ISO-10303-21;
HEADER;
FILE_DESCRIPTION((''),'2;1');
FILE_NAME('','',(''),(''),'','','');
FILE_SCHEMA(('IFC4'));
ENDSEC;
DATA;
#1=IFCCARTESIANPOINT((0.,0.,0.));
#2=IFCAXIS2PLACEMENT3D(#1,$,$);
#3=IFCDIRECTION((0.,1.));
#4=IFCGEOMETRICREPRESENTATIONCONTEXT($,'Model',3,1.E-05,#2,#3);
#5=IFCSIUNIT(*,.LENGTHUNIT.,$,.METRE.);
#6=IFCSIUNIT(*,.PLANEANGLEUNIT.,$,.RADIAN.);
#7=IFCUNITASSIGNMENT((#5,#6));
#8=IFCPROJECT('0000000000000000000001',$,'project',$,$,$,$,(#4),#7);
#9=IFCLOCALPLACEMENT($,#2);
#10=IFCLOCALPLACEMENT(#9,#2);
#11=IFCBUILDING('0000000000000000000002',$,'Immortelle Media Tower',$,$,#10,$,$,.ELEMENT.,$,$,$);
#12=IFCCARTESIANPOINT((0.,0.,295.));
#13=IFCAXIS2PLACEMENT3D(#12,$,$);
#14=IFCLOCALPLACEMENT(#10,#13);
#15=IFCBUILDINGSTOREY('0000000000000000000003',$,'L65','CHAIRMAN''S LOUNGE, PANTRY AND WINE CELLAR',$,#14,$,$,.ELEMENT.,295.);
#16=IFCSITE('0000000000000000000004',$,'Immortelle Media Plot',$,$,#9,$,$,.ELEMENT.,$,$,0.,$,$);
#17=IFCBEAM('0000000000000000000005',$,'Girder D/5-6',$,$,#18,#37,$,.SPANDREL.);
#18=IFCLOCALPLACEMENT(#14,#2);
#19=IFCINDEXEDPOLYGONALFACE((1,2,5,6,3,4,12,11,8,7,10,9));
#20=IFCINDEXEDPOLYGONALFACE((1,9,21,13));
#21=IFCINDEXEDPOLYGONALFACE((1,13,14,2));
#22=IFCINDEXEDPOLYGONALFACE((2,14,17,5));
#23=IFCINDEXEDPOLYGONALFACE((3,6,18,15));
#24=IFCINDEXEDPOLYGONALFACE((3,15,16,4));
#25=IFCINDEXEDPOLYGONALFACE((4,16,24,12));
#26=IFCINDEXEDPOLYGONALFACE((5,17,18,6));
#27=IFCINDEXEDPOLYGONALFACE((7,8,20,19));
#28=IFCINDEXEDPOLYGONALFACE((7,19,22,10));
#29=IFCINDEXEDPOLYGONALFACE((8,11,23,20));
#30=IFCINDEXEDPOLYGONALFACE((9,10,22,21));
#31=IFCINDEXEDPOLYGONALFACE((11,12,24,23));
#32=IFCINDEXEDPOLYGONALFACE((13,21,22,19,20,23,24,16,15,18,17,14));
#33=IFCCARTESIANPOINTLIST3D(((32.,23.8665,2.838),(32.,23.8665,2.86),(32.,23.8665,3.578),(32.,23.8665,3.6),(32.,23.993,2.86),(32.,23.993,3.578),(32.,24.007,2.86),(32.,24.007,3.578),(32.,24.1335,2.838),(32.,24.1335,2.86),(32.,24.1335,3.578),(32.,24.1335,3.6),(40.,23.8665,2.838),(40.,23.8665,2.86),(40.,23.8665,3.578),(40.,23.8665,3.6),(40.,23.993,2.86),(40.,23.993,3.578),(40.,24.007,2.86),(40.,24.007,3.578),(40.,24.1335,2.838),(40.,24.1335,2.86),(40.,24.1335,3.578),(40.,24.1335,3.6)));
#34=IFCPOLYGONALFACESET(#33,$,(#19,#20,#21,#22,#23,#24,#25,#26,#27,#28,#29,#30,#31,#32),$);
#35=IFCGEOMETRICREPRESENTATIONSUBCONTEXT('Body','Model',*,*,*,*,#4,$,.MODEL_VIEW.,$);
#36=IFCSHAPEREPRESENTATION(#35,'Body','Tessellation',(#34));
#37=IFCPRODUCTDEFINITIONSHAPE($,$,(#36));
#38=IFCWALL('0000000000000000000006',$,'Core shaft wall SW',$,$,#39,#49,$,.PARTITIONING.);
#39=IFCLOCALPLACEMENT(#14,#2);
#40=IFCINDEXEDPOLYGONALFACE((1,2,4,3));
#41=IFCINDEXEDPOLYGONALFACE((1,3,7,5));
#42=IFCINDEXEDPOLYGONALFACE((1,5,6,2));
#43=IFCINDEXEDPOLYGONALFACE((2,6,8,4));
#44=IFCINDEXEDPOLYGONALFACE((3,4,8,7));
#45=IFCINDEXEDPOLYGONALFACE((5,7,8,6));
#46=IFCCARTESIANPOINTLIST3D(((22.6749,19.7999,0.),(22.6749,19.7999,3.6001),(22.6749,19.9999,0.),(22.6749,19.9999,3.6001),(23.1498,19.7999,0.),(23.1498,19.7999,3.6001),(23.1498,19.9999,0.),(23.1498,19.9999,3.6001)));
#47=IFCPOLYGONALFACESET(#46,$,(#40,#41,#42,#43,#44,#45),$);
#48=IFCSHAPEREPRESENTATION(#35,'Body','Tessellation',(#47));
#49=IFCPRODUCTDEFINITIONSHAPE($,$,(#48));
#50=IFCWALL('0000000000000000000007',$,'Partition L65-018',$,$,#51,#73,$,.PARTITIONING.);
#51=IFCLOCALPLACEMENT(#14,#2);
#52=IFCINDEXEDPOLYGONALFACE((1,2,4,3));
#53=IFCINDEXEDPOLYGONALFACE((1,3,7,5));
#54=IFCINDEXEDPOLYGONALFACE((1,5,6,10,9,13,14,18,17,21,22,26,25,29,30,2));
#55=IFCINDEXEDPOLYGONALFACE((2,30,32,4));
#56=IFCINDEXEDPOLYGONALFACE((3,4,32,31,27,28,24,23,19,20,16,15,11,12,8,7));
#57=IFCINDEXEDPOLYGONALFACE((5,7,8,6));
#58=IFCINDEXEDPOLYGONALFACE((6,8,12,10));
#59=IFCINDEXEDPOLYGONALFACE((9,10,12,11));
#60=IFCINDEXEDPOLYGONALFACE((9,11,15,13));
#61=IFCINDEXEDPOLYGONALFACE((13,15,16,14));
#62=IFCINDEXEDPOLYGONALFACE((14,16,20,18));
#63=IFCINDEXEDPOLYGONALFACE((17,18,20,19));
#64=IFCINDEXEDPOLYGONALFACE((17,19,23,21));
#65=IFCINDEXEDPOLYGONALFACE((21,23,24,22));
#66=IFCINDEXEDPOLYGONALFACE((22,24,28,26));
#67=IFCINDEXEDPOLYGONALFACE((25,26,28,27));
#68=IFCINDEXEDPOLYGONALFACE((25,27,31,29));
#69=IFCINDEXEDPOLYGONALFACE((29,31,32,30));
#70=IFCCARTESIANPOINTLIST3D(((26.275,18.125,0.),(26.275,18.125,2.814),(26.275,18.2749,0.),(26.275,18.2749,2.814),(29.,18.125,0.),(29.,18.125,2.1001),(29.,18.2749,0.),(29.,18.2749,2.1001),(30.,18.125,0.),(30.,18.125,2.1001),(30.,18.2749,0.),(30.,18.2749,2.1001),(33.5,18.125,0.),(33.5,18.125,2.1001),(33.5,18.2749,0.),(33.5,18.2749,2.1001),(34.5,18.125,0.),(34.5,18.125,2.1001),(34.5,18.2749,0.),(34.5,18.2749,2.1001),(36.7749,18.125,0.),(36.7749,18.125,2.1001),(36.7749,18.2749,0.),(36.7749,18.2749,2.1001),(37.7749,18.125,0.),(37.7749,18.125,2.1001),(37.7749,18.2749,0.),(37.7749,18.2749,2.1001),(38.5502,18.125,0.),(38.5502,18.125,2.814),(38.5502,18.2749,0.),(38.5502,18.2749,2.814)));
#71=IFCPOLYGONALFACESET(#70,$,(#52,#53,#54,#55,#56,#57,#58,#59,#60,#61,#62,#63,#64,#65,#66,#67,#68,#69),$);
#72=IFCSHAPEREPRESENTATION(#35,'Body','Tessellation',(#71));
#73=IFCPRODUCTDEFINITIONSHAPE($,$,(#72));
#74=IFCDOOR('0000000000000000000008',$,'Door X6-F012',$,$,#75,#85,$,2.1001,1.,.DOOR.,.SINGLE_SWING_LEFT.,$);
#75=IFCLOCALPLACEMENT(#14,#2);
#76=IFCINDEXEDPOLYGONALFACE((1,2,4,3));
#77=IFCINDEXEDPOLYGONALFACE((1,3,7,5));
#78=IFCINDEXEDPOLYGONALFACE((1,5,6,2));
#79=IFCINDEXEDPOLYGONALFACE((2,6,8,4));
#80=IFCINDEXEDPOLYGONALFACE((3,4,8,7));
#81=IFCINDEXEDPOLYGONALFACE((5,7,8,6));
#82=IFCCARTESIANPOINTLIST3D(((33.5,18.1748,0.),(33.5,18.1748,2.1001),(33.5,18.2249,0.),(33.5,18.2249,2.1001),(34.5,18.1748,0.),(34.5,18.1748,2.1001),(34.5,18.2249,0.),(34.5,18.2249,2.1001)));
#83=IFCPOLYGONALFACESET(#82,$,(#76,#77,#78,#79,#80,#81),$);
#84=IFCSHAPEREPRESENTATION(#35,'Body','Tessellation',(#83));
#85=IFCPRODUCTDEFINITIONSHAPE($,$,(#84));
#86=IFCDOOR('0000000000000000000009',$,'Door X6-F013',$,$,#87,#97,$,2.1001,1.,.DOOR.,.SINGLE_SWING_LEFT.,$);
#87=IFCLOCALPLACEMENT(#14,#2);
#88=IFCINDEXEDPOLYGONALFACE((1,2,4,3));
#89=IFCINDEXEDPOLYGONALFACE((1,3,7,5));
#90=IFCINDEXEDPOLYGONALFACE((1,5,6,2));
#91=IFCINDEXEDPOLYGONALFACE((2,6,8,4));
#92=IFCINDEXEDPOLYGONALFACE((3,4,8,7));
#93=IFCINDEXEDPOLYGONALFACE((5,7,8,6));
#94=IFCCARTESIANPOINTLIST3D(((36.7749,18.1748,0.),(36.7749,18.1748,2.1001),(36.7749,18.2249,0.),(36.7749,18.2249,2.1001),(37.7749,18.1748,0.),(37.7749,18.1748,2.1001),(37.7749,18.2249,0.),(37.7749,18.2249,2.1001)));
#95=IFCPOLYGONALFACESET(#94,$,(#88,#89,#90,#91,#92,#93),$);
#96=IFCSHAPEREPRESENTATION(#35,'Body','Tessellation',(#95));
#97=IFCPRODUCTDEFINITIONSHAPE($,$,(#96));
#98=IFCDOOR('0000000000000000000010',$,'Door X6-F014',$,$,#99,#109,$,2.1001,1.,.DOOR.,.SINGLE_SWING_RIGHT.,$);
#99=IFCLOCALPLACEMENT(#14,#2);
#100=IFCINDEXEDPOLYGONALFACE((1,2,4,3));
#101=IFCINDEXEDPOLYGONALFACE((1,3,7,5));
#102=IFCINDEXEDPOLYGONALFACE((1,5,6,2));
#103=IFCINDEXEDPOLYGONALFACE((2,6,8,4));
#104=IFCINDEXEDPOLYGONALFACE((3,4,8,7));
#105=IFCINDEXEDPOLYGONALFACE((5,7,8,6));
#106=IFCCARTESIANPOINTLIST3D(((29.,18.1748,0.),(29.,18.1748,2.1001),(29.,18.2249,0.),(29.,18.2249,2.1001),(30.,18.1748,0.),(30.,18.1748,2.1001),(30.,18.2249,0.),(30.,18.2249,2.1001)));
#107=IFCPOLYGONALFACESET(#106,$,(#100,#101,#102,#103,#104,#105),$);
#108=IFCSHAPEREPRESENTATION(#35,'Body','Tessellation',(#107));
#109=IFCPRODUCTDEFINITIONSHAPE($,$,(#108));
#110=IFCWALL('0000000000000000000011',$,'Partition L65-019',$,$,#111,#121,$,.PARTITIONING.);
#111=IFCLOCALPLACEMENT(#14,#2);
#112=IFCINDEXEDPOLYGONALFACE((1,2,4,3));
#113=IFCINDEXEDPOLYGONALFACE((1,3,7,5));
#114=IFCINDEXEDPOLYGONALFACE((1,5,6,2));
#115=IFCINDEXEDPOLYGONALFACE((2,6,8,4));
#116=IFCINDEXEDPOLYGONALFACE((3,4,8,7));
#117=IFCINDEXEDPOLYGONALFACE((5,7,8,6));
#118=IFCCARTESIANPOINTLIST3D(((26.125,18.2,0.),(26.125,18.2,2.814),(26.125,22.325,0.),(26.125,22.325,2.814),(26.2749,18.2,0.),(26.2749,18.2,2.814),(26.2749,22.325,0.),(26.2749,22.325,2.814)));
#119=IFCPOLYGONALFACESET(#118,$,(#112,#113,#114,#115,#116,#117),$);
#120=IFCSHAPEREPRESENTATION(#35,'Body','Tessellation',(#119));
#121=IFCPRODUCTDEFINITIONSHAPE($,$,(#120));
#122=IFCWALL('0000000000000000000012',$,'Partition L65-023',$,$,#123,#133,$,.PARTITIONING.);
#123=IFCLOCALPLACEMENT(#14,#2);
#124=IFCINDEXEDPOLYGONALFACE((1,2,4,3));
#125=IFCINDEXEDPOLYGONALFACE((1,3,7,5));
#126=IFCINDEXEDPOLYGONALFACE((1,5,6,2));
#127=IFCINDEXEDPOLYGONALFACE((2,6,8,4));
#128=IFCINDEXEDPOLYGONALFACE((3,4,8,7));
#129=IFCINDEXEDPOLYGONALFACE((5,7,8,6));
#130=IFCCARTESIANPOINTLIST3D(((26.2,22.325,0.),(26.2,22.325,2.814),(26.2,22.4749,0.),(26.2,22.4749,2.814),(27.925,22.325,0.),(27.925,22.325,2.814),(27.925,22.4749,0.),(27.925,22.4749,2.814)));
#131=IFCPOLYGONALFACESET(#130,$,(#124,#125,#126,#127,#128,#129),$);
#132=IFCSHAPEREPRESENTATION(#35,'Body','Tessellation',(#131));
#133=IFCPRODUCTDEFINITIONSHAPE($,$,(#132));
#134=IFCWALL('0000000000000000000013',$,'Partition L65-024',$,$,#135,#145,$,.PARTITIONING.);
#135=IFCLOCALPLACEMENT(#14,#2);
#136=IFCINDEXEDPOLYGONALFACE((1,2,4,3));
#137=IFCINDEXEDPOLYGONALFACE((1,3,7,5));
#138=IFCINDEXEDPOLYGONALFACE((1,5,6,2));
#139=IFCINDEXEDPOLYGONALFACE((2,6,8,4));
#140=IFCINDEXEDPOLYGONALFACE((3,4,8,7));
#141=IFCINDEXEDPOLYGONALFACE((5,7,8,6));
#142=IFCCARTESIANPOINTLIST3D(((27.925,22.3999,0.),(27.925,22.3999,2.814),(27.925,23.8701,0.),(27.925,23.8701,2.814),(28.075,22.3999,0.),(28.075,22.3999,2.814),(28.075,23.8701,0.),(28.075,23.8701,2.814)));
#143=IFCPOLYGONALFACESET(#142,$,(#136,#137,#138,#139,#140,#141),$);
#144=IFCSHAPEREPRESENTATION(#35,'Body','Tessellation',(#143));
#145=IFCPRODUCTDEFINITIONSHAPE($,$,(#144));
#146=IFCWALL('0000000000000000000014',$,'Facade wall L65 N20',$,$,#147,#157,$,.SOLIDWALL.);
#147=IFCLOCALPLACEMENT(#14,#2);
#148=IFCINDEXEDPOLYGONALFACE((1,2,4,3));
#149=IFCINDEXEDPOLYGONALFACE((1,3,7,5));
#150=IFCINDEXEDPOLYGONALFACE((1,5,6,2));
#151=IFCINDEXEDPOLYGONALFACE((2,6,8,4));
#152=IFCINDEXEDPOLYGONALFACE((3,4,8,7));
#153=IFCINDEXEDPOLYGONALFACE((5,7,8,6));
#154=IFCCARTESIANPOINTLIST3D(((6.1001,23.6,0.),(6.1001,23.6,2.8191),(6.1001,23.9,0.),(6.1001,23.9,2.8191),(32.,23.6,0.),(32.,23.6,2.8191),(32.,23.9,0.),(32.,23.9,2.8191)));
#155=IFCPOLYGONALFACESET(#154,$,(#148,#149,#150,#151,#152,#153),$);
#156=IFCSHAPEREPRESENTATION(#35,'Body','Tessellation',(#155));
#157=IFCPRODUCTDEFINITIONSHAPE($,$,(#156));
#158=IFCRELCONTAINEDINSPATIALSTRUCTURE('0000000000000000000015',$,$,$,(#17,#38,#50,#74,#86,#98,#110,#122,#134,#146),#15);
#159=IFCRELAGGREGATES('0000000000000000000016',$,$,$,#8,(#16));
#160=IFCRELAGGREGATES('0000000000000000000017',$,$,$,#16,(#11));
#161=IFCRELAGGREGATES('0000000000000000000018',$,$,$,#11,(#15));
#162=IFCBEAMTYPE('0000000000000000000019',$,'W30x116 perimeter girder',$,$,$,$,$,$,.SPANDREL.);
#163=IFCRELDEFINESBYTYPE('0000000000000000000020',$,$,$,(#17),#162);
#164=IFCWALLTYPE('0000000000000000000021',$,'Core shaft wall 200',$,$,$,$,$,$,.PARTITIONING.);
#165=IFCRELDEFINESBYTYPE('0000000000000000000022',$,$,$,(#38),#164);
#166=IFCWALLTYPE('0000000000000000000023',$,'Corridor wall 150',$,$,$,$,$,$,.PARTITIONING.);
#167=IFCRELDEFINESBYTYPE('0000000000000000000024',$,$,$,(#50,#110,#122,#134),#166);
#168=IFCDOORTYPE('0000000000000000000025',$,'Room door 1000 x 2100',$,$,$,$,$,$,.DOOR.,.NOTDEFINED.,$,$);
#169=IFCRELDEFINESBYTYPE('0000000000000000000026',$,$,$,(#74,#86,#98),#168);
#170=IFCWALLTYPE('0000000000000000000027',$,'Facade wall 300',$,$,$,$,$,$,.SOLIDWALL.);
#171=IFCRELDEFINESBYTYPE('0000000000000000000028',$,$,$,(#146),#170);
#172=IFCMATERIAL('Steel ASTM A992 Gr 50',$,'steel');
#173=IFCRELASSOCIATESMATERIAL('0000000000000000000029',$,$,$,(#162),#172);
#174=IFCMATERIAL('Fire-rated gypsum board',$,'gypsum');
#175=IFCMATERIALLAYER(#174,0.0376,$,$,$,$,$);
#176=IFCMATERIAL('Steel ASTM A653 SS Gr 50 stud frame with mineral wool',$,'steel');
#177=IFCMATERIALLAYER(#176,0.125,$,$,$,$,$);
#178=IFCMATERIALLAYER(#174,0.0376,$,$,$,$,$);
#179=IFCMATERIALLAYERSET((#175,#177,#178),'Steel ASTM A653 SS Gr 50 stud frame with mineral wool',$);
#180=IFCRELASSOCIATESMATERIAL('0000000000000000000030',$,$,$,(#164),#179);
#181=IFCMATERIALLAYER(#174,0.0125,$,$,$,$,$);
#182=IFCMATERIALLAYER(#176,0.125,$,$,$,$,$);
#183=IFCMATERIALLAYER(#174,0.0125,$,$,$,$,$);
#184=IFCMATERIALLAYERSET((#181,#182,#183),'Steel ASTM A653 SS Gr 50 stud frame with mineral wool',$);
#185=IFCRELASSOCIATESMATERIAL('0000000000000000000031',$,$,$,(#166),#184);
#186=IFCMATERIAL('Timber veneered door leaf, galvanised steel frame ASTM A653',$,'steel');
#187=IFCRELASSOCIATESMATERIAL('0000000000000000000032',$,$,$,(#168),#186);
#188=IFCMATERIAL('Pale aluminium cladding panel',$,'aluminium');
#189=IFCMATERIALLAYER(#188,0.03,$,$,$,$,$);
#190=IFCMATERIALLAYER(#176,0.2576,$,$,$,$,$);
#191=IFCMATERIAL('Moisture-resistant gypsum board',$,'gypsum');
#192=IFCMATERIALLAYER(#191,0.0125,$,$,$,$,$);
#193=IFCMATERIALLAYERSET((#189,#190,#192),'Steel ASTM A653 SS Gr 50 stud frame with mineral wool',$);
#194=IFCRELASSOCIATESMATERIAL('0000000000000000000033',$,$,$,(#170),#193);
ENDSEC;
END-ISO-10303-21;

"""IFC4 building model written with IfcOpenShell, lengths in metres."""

from ifc_helpers import new_model, si_unit, direction, frame, frame_2d, origin, origin_2d, place, context, subcontext, project, spatial, rectangle, i_section, extrude, material, layer, layer_set, material_profile, profile_set, type_object, element, fill, save


model = new_model("IFC4")

# Units and contexts
model_context = context("Model", 3, precision=1e-05, world=origin(), true_north=direction((0.0, 1.0)))
body_context = subcontext(model_context, "Body", "Model", "MODEL_VIEW")
ifc_project = project(units=[si_unit("LENGTHUNIT", "METRE"), si_unit("PLANEANGLEUNIT", "RADIAN")], contexts=[model_context])

# Site, building, storey
site_placement = place(None, origin())
site = spatial("IfcSite", under=ifc_project, at=site_placement, Name="Immortelle Media Plot", CompositionType="ELEMENT", RefElevation=0.0)
building_placement = place(site_placement, origin())
building = spatial("IfcBuilding", under=site, at=building_placement, Name="Immortelle Media Tower", CompositionType="ELEMENT")
storey_placement = place(building_placement, frame((0.0, 0.0, 295.0)))
storey = spatial("IfcBuildingStorey", under=building, at=storey_placement, Name="L65", Description="CHAIRMAN'S LOUNGE, PANTRY AND WINE CELLAR", CompositionType="ELEMENT", Elevation=295.0)

# Shared definitions
ifc_material_1 = material(Name="Steel ASTM A992 Gr 50", Category="steel")

# Beam
ifc_material_profile_1 = material_profile(ifc_material_1, i_section(OverallWidth=0.2671, OverallDepth=0.762, WebThickness=0.0139, FlangeThickness=0.022, at=origin_2d()), Name="W30x116")
ifc_profile_set_1 = profile_set([ifc_material_profile_1], Name="Steel ASTM A992 Gr 50")
beam_type_1 = type_object("IfcBeamType", Name="W30x116 perimeter girder", PredefinedType="SPANDREL", material=ifc_profile_set_1)
for number, where, z_axis, x_axis, name in (
    (1, (32.0, 24.0, 3.219), (1.0, 0.0, 0.0), (0.0, 1.0, 0.0), "Girder D/5-6"),
):
    element("IfcBeam", number, at=place(storey_placement, frame(where, z_axis=z_axis, x_axis=x_axis)), inside=storey, type_object=beam_type_1, Name=name, PredefinedType="SPANDREL", context=body_context, shape_type="SweptSolid", body=[
        extrude(i_section(OverallWidth=0.2671, OverallDepth=0.762, WebThickness=0.0139, FlangeThickness=0.022, at=origin_2d()), origin(), (0.0, 0.0, 1.0), 8.0),
    ])

# Wall
ifc_material_2 = material(Name="Fire-rated gypsum board", Category="gypsum")
ifc_layer_1 = layer(ifc_material_2, 0.0376)
ifc_material_3 = material(Name="Steel ASTM A653 SS Gr 50 stud frame with mineral wool", Category="steel")
ifc_layer_2 = layer(ifc_material_3, 0.125)
ifc_layer_3 = layer(ifc_material_2, 0.0376)
ifc_layer_set_1 = layer_set([ifc_layer_1, ifc_layer_2, ifc_layer_3], Name="Steel ASTM A653 SS Gr 50 stud frame with mineral wool")
wall_type_1 = type_object("IfcWallType", Name="Core shaft wall 200", PredefinedType="PARTITIONING", material=ifc_layer_set_1)
wall_1_placement = place(storey_placement, frame((22.675, 19.8999, 0.0), z_axis=(0.0, 0.0, 1.0), x_axis=(1.0, 0.0, 0.0)))
element("IfcWall", 2, at=wall_1_placement, inside=storey, type_object=wall_type_1, Name="Core shaft wall SW", PredefinedType="PARTITIONING", context=body_context, shape_type="SweptSolid", body=[
    extrude(rectangle(XDim=0.4749, YDim=0.2, at=frame_2d((0.2373, 0.0))), origin(), (0.0, 0.0, 1.0), 3.6001),
])

# Wall, openings, doors
ifc_layer_4 = layer(ifc_material_2, 0.0125)
ifc_layer_5 = layer(ifc_material_3, 0.125)
ifc_layer_6 = layer(ifc_material_2, 0.0125)
ifc_layer_set_2 = layer_set([ifc_layer_4, ifc_layer_5, ifc_layer_6], Name="Steel ASTM A653 SS Gr 50 stud frame with mineral wool")
wall_type_2 = type_object("IfcWallType", Name="Corridor wall 150", PredefinedType="PARTITIONING", material=ifc_layer_set_2)
wall_2_placement = place(storey_placement, frame((26.2749, 18.2, 0.0), z_axis=(0.0, 0.0, 1.0), x_axis=(1.0, 0.0, 0.0)))
wall_2 = element("IfcWall", 3, at=wall_2_placement, inside=storey, type_object=wall_type_2, Name="Partition L65-018", PredefinedType="PARTITIONING", context=body_context, shape_type="SweptSolid", body=[
    extrude(rectangle(XDim=12.2751, YDim=0.1499, at=frame_2d((6.1377, 0.0))), origin(), (0.0, 0.0, 1.0), 2.814),
])
opening_1_placement = place(wall_2_placement, frame((7.2251, 0.0, 0.0)))
opening_1 = element("IfcOpeningElement", 4, at=opening_1_placement, cuts=wall_2, PredefinedType="OPENING", context=body_context, shape_type="SweptSolid", body=[
    extrude(rectangle(XDim=1.0, YDim=2.1001, at=frame_2d((0.5, 1.05))), frame((0.0, 0.085, 0.0), z_axis=(0.0, -1.0, 0.0), x_axis=(1.0, 0.0, 0.0)), (0.0, 0.0, 1.0), 0.1699),
])
opening_2_placement = place(wall_2_placement, frame((10.5, 0.0, 0.0)))
opening_2 = element("IfcOpeningElement", 5, at=opening_2_placement, cuts=wall_2, PredefinedType="OPENING", context=body_context, shape_type="SweptSolid", body=[
    extrude(rectangle(XDim=1.0, YDim=2.1001, at=frame_2d((0.5, 1.05))), frame((0.0, 0.085, 0.0), z_axis=(0.0, -1.0, 0.0), x_axis=(1.0, 0.0, 0.0)), (0.0, 0.0, 1.0), 0.1699),
])
opening_3_placement = place(wall_2_placement, frame((2.7251, 0.0, 0.0)))
opening_3 = element("IfcOpeningElement", 6, at=opening_3_placement, cuts=wall_2, PredefinedType="OPENING", context=body_context, shape_type="SweptSolid", body=[
    extrude(rectangle(XDim=1.0, YDim=2.1001, at=frame_2d((0.5, 1.05))), frame((0.0, 0.085, 0.0), z_axis=(0.0, -1.0, 0.0), x_axis=(1.0, 0.0, 0.0)), (0.0, 0.0, 1.0), 0.1699),
])
ifc_material_4 = material(Name="Timber veneered door leaf, galvanised steel frame ASTM A653", Category="steel")
door_type = type_object("IfcDoorType", Name="Room door 1000 x 2100", OperationType="NOTDEFINED", PredefinedType="DOOR", material=ifc_material_4)
door_1_placement = place(opening_1_placement, origin())
door_1 = element("IfcDoor", 7, at=door_1_placement, inside=storey, type_object=door_type, Name="Door X6-F012", OperationType="SINGLE_SWING_LEFT", OverallHeight=2.1001, OverallWidth=1.0, PredefinedType="DOOR", context=body_context, shape_type="SweptSolid", body=[
    extrude(rectangle(XDim=1.0, YDim=2.1001, at=frame_2d((0.5, 1.05))), frame((0.0, 0.0249, 0.0), z_axis=(0.0, -1.0, 0.0), x_axis=(1.0, 0.0, 0.0)), (0.0, 0.0, 1.0), 0.05),
])
fill(opening_1, door_1)
door_2_placement = place(opening_2_placement, origin())
door_2 = element("IfcDoor", 8, at=door_2_placement, inside=storey, type_object=door_type, Name="Door X6-F013", OperationType="SINGLE_SWING_LEFT", OverallHeight=2.1001, OverallWidth=1.0, PredefinedType="DOOR", context=body_context, shape_type="SweptSolid", body=[
    extrude(rectangle(XDim=1.0, YDim=2.1001, at=frame_2d((0.5, 1.05))), frame((0.0, 0.0249, 0.0), z_axis=(0.0, -1.0, 0.0), x_axis=(1.0, 0.0, 0.0)), (0.0, 0.0, 1.0), 0.05),
])
fill(opening_2, door_2)
door_3_placement = place(opening_3_placement, origin())
door_3 = element("IfcDoor", 9, at=door_3_placement, inside=storey, type_object=door_type, Name="Door X6-F014", OperationType="SINGLE_SWING_RIGHT", OverallHeight=2.1001, OverallWidth=1.0, PredefinedType="DOOR", context=body_context, shape_type="SweptSolid", body=[
    extrude(rectangle(XDim=1.0, YDim=2.1001, at=frame_2d((0.5, 1.05))), frame((0.0, 0.0249, 0.0), z_axis=(0.0, -1.0, 0.0), x_axis=(1.0, 0.0, 0.0)), (0.0, 0.0, 1.0), 0.05),
])
fill(opening_3, door_3)

# Walls
wall_3_placement = place(storey_placement, frame((26.2, 18.2, 0.0), z_axis=(0.0, 0.0, 1.0), x_axis=(0.0, 1.0, 0.0)))
element("IfcWall", 10, at=wall_3_placement, inside=storey, type_object=wall_type_2, Name="Partition L65-019", PredefinedType="PARTITIONING", context=body_context, shape_type="SweptSolid", body=[
    extrude(rectangle(XDim=4.125, YDim=0.1499, at=frame_2d((2.0625, 0.0))), origin(), (0.0, 0.0, 1.0), 2.814),
])
wall_4_placement = place(storey_placement, frame((26.2, 22.3999, 0.0), z_axis=(0.0, 0.0, 1.0), x_axis=(1.0, 0.0, 0.0)))
element("IfcWall", 11, at=wall_4_placement, inside=storey, type_object=wall_type_2, Name="Partition L65-023", PredefinedType="PARTITIONING", context=body_context, shape_type="SweptSolid", body=[
    extrude(rectangle(XDim=1.7251, YDim=0.1499, at=frame_2d((0.8625, 0.0))), origin(), (0.0, 0.0, 1.0), 2.814),
])
wall_5_placement = place(storey_placement, frame((28.0, 22.3999, 0.0), z_axis=(0.0, 0.0, 1.0), x_axis=(0.0, 1.0, 0.0)))
element("IfcWall", 12, at=wall_5_placement, inside=storey, type_object=wall_type_2, Name="Partition L65-024", PredefinedType="PARTITIONING", context=body_context, shape_type="SweptSolid", body=[
    extrude(rectangle(XDim=1.4702, YDim=0.1499, at=frame_2d((0.7351, 0.0))), origin(), (0.0, 0.0, 1.0), 2.814),
])
ifc_material_5 = material(Name="Pale aluminium cladding panel", Category="aluminium")
ifc_layer_7 = layer(ifc_material_5, 0.03)
ifc_layer_8 = layer(ifc_material_3, 0.2576)
ifc_material_6 = material(Name="Moisture-resistant gypsum board", Category="gypsum")
ifc_layer_9 = layer(ifc_material_6, 0.0125)
ifc_layer_set_3 = layer_set([ifc_layer_7, ifc_layer_8, ifc_layer_9], Name="Steel ASTM A653 SS Gr 50 stud frame with mineral wool")
wall_type_3 = type_object("IfcWallType", Name="Facade wall 300", PredefinedType="SOLIDWALL", material=ifc_layer_set_3)
wall_6_placement = place(storey_placement, frame((32.0, 23.75, 0.0), z_axis=(0.0, 0.0, 1.0), x_axis=(-1.0, 0.0, 0.0)))
element("IfcWall", 13, at=wall_6_placement, inside=storey, type_object=wall_type_3, Name="Facade wall L65 N20", PredefinedType="SOLIDWALL", context=body_context, shape_type="SweptSolid", body=[
    extrude(rectangle(XDim=25.8999, YDim=0.3, at=frame_2d((12.95, 0.0))), origin(), (0.0, 0.0, 1.0), 2.8191),
])

save(model, "model.ifc")
